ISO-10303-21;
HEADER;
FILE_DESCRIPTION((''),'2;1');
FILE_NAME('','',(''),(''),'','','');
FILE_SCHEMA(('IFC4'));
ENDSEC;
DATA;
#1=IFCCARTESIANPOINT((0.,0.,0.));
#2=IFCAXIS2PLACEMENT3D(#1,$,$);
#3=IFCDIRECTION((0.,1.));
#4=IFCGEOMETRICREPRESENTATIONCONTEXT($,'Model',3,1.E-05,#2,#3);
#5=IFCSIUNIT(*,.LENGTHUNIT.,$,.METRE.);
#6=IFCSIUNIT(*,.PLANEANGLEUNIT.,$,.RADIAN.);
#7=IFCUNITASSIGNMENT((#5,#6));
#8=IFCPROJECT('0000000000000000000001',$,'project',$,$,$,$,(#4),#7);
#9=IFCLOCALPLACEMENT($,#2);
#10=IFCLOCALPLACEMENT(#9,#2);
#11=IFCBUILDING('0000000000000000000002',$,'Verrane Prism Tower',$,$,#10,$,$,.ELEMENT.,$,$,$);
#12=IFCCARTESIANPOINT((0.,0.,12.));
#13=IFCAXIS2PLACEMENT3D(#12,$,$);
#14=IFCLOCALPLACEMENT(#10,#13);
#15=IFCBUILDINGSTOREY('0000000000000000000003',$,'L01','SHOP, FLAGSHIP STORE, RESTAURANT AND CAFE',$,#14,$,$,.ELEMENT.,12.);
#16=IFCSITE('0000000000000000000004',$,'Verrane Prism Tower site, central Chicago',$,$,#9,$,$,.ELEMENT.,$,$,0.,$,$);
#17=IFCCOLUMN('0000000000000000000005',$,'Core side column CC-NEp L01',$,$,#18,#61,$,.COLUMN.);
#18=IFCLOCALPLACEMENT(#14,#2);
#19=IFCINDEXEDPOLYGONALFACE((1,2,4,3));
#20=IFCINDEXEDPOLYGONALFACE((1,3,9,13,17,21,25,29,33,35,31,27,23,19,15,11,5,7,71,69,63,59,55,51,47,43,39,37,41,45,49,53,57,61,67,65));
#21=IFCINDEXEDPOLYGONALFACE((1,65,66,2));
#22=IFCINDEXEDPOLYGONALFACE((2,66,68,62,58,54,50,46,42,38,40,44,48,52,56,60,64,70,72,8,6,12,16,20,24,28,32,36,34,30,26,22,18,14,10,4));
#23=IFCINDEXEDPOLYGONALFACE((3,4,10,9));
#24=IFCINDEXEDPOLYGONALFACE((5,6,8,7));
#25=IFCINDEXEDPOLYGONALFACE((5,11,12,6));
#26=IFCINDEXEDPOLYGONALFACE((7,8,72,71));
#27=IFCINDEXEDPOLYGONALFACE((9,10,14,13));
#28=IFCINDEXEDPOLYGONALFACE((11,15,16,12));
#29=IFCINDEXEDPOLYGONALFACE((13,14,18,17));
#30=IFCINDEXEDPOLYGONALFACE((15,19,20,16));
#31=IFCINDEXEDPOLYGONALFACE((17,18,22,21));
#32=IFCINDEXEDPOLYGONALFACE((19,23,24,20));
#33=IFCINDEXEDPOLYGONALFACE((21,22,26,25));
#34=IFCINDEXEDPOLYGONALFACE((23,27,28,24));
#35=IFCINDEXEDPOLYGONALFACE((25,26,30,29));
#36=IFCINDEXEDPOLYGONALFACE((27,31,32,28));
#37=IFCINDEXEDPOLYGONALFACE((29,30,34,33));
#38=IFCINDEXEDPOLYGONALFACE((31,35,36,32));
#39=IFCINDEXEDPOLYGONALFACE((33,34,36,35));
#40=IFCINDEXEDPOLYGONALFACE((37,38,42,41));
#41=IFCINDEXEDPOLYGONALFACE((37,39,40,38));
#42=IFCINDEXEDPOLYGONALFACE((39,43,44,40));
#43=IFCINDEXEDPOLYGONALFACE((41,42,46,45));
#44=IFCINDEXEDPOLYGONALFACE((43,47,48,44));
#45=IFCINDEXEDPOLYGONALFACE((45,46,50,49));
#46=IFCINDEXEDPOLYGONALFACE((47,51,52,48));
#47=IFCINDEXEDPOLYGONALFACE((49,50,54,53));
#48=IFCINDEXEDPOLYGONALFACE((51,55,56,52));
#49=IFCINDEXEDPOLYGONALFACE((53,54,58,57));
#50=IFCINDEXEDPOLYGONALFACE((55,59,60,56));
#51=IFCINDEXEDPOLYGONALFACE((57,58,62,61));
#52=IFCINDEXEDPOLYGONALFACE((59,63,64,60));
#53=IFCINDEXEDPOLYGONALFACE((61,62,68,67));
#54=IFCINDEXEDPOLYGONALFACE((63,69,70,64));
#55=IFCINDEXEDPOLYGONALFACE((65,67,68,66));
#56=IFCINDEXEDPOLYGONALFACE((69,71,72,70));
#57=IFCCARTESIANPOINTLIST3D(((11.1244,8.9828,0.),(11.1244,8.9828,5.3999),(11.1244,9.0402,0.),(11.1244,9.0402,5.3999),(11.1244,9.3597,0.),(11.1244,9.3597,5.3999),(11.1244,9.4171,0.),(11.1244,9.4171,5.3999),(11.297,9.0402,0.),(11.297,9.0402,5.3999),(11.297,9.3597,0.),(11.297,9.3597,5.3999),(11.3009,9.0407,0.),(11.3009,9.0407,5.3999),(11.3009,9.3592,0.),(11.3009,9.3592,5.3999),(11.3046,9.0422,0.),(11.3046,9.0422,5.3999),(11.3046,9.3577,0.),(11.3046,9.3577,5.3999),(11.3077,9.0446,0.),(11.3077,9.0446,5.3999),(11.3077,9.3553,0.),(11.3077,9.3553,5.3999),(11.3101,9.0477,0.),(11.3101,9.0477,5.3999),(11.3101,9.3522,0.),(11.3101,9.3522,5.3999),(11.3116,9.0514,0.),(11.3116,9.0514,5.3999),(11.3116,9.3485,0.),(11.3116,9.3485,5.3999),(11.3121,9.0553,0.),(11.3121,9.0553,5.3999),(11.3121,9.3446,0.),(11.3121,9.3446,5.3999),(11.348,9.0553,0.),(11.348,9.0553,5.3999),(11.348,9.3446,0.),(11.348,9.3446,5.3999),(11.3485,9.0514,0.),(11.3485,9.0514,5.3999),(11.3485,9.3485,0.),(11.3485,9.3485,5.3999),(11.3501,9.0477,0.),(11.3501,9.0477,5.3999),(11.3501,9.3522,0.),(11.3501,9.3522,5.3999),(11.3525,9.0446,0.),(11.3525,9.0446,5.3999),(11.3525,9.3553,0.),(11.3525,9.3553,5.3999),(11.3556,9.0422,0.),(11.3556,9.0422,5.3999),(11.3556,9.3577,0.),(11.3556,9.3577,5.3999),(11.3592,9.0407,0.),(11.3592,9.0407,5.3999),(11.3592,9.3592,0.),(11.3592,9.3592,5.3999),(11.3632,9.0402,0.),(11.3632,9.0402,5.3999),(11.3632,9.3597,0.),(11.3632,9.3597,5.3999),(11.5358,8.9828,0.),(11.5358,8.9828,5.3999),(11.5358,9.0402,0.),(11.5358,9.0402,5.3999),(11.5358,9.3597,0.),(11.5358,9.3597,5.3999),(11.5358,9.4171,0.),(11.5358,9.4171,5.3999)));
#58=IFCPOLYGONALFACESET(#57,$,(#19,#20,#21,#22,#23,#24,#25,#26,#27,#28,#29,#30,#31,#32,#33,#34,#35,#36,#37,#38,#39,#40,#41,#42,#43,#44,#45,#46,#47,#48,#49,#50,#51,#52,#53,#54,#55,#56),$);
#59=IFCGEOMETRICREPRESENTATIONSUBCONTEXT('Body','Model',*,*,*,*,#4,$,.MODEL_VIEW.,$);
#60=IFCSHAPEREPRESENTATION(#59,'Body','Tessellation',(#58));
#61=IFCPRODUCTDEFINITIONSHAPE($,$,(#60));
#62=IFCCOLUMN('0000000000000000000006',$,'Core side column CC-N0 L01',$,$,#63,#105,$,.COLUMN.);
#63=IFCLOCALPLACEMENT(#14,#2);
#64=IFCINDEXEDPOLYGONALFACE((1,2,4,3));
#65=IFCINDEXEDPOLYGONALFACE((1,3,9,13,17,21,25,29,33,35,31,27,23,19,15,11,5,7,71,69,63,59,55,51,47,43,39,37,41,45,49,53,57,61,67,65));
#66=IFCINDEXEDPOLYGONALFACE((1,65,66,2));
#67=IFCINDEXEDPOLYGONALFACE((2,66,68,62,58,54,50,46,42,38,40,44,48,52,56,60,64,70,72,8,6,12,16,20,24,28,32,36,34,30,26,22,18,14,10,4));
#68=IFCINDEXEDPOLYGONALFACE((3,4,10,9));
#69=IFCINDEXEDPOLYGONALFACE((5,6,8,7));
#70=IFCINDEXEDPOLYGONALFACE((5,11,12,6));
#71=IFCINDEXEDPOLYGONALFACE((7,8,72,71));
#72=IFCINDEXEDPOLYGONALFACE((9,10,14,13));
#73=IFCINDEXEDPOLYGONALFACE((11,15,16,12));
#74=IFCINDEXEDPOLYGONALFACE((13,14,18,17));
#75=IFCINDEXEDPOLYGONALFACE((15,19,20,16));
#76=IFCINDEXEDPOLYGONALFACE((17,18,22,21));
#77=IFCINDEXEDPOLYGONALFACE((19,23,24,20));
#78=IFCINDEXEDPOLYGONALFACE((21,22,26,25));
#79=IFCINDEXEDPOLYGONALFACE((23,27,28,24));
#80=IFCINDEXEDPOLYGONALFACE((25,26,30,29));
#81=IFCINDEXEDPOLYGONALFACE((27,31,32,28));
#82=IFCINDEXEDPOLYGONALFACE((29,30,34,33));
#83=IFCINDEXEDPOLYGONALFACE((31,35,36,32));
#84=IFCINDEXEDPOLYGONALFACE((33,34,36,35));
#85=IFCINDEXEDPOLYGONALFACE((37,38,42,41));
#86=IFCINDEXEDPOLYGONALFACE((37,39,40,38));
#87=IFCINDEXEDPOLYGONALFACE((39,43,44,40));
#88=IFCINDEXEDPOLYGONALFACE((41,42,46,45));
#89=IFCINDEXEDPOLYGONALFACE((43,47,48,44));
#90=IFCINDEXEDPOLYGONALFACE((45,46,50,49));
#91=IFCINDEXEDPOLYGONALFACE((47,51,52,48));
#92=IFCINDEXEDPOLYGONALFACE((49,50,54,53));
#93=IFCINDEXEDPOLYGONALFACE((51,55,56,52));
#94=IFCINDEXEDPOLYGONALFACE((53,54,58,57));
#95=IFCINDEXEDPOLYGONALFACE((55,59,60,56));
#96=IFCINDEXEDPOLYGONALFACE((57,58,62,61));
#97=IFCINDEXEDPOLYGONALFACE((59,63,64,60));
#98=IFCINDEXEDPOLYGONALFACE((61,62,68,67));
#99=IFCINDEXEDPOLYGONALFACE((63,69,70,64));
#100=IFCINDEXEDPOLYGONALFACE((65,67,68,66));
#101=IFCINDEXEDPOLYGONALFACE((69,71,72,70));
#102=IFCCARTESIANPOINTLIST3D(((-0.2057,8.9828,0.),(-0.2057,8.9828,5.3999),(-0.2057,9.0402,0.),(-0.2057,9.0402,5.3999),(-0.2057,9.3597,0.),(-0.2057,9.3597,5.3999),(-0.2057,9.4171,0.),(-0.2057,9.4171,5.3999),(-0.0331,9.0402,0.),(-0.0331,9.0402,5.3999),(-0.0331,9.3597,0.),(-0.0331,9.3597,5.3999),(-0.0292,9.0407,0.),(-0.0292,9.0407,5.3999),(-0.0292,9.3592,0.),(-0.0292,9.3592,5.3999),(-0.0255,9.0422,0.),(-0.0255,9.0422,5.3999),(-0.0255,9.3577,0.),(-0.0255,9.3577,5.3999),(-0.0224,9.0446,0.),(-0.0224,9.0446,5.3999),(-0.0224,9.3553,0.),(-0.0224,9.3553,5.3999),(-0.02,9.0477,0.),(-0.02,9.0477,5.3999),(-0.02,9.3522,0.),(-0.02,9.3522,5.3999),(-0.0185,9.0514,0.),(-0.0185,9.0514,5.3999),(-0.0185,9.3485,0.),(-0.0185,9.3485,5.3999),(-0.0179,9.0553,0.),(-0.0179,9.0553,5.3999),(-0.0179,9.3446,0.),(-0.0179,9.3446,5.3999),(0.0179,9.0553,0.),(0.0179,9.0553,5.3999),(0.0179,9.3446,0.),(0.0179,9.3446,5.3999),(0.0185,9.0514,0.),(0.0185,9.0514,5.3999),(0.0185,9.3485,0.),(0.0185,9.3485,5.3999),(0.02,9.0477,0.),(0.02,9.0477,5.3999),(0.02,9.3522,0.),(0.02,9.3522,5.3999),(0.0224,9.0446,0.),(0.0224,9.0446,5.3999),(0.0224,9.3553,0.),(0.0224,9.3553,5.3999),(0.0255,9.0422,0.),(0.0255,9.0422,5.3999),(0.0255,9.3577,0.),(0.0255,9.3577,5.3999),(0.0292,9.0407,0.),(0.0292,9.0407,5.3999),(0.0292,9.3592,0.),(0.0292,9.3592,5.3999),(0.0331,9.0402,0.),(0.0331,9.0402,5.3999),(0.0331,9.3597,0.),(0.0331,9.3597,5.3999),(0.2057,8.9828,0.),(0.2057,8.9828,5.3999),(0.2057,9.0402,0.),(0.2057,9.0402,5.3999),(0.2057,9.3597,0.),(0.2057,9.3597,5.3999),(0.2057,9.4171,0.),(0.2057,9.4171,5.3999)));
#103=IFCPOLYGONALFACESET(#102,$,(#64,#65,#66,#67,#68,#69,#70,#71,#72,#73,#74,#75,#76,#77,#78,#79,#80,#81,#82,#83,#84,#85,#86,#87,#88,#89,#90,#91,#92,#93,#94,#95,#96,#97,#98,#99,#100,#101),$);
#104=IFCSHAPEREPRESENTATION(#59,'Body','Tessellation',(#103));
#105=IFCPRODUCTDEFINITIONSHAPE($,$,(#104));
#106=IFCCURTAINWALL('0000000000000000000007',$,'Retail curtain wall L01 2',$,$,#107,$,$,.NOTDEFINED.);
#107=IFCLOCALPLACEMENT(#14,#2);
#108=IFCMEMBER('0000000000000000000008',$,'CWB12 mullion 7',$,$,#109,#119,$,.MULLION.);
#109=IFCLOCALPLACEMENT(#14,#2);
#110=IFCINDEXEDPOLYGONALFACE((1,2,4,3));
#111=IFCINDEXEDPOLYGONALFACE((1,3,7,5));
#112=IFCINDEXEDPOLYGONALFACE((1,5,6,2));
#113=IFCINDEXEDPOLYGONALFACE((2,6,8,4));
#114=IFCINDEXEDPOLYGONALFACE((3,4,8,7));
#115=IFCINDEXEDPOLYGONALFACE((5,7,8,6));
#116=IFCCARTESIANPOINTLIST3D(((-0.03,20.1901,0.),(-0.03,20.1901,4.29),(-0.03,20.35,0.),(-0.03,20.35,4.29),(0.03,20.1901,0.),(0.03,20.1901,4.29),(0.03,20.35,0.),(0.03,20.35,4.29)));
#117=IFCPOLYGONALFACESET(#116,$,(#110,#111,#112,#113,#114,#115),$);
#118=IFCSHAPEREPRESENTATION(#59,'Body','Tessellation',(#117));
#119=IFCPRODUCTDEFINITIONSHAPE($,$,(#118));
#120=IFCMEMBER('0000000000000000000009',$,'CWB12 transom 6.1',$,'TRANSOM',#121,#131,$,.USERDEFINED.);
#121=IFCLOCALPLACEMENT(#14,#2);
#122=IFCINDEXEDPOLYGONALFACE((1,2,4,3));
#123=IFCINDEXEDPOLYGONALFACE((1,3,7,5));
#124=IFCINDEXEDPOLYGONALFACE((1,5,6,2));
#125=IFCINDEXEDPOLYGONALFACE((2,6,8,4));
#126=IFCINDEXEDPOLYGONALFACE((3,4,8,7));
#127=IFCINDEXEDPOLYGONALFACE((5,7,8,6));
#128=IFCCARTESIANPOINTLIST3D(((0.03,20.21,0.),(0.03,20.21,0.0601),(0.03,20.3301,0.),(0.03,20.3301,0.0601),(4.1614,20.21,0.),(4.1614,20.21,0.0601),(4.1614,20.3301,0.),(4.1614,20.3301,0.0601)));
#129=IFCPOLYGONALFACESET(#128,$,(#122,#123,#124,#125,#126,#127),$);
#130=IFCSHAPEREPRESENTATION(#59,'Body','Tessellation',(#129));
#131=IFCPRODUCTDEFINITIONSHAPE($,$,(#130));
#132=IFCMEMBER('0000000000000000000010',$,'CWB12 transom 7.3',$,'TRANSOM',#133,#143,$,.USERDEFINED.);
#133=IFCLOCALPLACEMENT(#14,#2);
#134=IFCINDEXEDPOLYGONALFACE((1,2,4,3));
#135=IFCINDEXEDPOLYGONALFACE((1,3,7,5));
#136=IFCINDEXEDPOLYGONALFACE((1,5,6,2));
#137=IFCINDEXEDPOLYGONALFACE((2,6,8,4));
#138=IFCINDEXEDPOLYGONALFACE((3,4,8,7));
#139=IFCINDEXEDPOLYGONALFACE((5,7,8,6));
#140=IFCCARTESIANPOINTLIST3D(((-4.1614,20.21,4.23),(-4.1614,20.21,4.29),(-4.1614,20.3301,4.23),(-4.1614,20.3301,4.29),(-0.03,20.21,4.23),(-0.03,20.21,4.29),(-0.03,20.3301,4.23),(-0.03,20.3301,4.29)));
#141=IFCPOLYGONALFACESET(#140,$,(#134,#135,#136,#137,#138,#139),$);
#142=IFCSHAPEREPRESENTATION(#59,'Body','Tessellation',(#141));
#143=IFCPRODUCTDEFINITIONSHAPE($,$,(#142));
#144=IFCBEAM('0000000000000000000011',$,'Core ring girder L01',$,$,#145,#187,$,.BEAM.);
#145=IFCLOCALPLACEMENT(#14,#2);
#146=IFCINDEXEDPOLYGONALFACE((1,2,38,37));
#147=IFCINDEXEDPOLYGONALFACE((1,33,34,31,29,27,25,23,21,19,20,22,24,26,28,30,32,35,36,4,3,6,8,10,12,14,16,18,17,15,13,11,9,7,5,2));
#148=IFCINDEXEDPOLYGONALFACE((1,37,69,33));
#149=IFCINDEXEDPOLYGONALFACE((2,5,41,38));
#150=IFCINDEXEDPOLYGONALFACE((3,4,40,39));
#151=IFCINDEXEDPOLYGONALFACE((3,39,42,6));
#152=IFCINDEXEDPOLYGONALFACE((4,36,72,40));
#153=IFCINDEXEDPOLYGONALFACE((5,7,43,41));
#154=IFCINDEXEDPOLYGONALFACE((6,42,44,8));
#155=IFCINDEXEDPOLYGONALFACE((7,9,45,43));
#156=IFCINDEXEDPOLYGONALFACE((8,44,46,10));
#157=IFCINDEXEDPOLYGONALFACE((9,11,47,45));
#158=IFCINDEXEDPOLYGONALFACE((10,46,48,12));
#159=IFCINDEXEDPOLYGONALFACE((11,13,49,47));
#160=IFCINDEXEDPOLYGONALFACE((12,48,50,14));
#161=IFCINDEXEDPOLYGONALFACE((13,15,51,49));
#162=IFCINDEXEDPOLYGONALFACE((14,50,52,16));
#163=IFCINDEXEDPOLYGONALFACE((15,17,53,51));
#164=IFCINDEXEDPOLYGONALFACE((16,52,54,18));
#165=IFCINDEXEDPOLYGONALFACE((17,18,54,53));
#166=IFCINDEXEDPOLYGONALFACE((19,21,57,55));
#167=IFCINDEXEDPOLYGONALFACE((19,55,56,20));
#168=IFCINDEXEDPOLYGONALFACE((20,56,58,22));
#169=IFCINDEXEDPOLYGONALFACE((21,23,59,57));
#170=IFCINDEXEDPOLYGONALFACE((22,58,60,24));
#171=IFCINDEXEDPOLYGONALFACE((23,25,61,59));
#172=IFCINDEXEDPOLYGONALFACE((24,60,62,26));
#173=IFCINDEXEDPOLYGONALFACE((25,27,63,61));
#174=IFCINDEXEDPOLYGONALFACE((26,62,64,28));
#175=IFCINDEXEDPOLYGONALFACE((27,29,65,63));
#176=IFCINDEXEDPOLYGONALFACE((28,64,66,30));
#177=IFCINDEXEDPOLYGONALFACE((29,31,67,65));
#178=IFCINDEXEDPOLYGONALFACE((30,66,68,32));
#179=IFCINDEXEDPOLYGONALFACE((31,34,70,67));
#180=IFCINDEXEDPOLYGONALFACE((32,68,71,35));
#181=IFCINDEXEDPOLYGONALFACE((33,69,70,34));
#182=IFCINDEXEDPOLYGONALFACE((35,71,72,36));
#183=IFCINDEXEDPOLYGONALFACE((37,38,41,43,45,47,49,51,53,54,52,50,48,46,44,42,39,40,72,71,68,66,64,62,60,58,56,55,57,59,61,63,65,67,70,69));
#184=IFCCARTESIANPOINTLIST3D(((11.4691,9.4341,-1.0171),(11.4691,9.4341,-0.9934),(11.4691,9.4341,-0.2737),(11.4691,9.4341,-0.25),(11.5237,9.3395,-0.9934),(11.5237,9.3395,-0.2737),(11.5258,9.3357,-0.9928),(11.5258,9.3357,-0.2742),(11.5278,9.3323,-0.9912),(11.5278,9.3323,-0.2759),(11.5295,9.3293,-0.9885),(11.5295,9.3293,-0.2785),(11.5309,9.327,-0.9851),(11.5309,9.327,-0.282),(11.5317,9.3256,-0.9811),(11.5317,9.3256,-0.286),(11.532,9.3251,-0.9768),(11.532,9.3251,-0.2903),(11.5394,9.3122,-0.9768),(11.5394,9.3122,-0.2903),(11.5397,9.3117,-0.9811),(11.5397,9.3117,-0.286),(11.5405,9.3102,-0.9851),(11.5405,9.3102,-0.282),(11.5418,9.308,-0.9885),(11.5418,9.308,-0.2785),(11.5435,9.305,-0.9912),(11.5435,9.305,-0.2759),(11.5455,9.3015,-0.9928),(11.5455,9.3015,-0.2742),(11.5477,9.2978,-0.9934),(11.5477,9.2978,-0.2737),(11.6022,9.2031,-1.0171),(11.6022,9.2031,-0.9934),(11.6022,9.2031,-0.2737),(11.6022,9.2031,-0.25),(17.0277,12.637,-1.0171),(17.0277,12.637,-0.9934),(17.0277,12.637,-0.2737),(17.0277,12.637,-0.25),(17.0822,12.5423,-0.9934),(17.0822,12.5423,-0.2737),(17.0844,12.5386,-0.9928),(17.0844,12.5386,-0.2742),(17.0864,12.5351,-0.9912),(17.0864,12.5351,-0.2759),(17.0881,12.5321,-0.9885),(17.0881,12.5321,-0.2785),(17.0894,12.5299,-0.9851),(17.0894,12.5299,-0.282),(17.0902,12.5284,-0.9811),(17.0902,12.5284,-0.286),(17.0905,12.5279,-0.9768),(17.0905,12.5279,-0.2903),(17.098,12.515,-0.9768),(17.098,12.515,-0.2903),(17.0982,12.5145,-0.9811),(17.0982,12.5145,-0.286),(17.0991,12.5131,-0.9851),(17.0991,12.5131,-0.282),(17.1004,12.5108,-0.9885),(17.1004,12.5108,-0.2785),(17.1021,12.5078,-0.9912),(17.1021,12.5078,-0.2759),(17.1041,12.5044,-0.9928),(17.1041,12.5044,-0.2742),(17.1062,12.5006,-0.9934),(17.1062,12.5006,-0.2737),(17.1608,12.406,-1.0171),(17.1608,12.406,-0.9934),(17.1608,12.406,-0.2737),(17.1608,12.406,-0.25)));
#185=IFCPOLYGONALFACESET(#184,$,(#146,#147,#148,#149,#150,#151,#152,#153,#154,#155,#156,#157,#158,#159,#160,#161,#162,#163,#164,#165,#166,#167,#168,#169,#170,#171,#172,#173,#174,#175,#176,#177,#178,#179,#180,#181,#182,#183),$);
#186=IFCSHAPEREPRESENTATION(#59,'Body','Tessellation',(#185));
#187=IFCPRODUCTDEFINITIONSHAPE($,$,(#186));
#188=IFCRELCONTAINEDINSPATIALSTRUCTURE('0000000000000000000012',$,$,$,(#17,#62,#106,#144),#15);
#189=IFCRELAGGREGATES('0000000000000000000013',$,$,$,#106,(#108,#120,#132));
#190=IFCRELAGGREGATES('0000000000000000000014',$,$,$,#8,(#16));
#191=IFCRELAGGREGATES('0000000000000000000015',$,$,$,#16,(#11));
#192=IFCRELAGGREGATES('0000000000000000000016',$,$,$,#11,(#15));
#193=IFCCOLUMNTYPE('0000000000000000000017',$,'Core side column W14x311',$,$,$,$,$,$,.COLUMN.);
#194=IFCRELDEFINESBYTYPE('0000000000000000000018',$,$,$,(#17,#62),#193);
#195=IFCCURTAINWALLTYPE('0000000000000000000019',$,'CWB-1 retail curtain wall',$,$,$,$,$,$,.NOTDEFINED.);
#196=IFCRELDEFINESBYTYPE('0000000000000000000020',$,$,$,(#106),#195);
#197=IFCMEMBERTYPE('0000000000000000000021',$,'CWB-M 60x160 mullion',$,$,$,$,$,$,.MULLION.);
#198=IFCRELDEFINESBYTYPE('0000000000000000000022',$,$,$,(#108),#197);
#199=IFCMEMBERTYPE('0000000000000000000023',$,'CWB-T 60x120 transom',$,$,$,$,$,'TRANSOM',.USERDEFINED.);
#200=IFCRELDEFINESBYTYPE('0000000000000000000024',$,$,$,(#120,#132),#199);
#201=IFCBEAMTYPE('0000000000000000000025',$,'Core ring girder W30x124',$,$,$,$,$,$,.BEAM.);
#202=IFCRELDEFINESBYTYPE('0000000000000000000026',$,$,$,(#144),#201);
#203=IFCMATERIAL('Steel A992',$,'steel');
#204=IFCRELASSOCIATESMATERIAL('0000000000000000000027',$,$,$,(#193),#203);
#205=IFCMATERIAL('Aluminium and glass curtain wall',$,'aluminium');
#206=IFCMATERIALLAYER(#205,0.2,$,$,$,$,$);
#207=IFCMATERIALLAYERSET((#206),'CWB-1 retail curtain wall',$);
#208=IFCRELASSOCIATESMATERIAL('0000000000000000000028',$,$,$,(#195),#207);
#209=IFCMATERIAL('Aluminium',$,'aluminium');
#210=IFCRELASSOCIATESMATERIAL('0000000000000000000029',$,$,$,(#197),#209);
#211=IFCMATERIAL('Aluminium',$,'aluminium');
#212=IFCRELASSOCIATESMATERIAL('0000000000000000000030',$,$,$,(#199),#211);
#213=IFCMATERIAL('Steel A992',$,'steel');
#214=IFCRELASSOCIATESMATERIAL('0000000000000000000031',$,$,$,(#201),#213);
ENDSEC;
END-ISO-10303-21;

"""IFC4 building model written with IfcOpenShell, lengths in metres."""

from ifc_helpers import new_model, si_unit, direction, frame, origin, origin_2d, place, context, subcontext, project, spatial, rectangle, i_section, extrude, material, layer, layer_set, material_profile, profile_set, type_object, element, aggregate, save


model = new_model("IFC4")

# Units and contexts
model_context = context("Model", 3, precision=1e-05, world=origin(), true_north=direction((0.0, 1.0)))
body_context = subcontext(model_context, "Body", "Model", "MODEL_VIEW")
ifc_project = project(units=[si_unit("LENGTHUNIT", "METRE"), si_unit("PLANEANGLEUNIT", "RADIAN")], contexts=[model_context])

# Site, building, storey
site_placement = place(None, origin())
site = spatial("IfcSite", under=ifc_project, at=site_placement, Name="Verrane Prism Tower site, central Chicago", CompositionType="ELEMENT", RefElevation=0.0)
building_placement = place(site_placement, origin())
building = spatial("IfcBuilding", under=site, at=building_placement, Name="Verrane Prism Tower", CompositionType="ELEMENT")
storey_placement = place(building_placement, frame((0.0, 0.0, 12.0)))
storey = spatial("IfcBuildingStorey", under=building, at=storey_placement, Name="L01", Description="SHOP, FLAGSHIP STORE, RESTAURANT AND CAFE", CompositionType="ELEMENT", Elevation=12.0)

# Columns
ifc_material_1 = material(Name="Steel A992", Category="steel")
ifc_material_profile_1 = material_profile(ifc_material_1, i_section(OverallWidth=0.4114, OverallDepth=0.4343, WebThickness=0.0359, FlangeThickness=0.0574, FilletRadius=0.0151, at=origin_2d()), Name="W14x311")
ifc_profile_set_1 = profile_set([ifc_material_profile_1], Name="Steel A992")
column_type = type_object("IfcColumnType", Name="Core side column W14x311", PredefinedType="COLUMN", material=ifc_profile_set_1)
for number, where, z_axis, x_axis, name in (
    (1, (11.3301, 9.2, 0.0), (0.0, 0.0, 1.0), (1.0, 0.0, 0.0), "Core side column CC-NEp L01"),
    (2, (0.0, 9.2, 0.0), (0.0, 0.0, 1.0), (1.0, 0.0, 0.0), "Core side column CC-N0 L01"),
):
    element("IfcColumn", number, at=place(storey_placement, frame(where, z_axis=z_axis, x_axis=x_axis)), inside=storey, type_object=column_type, Name=name, PredefinedType="COLUMN", context=body_context, shape_type="SweptSolid", body=[
        extrude(i_section(OverallWidth=0.4114, OverallDepth=0.4343, WebThickness=0.0359, FlangeThickness=0.0574, FilletRadius=0.0151, at=origin_2d()), origin(), (0.0, 0.0, 1.0), 5.3999),
    ])

# Curtain wall, members
ifc_material_2 = material(Name="Aluminium and glass curtain wall", Category="aluminium")
ifc_layer_1 = layer(ifc_material_2, 0.2)
ifc_layer_set_1 = layer_set([ifc_layer_1], Name="CWB-1 retail curtain wall")
curtain_wall_type = type_object("IfcCurtainWallType", Name="CWB-1 retail curtain wall", PredefinedType="NOTDEFINED", material=ifc_layer_set_1)
curtain_wall_placement = place(storey_placement, origin())
curtain_wall = element("IfcCurtainWall", 3, at=curtain_wall_placement, inside=storey, type_object=curtain_wall_type, Name="Retail curtain wall L01 2", PredefinedType="NOTDEFINED")
ifc_material_3 = material(Name="Aluminium", Category="aluminium")
ifc_material_profile_2 = material_profile(ifc_material_3, rectangle(XDim=0.1599, YDim=0.0601, at=origin_2d()), Name="CWB-M 60x160 mullion")
ifc_profile_set_2 = profile_set([ifc_material_profile_2], Name="Aluminium")
member_type_1 = type_object("IfcMemberType", Name="CWB-M 60x160 mullion", PredefinedType="MULLION", material=ifc_profile_set_2)
member_1_placement = place(storey_placement, frame((0.0, 20.27, 0.0), z_axis=(0.0, 0.0, 1.0), x_axis=(0.0, -1.0, 0.0)))
member_1 = element("IfcMember", 4, at=member_1_placement, type_object=member_type_1, Name="CWB12 mullion 7", PredefinedType="MULLION", context=body_context, shape_type="SweptSolid", body=[
    extrude(rectangle(XDim=0.1599, YDim=0.0601, at=origin_2d()), origin(), (0.0, 0.0, 1.0), 4.29),
])
ifc_material_4 = material(Name="Aluminium", Category="aluminium")
ifc_material_profile_3 = material_profile(ifc_material_4, rectangle(XDim=0.1201, YDim=0.0601, at=origin_2d()), Name="CWB-T 60x120 transom")
ifc_profile_set_3 = profile_set([ifc_material_profile_3], Name="Aluminium")
member_type_2 = type_object("IfcMemberType", Name="CWB-T 60x120 transom", ElementType="TRANSOM", PredefinedType="USERDEFINED", material=ifc_profile_set_3)
member_2_placement = place(storey_placement, frame((4.1614, 20.27, 0.03), z_axis=(-1.0, 0.0, 0.0), x_axis=(0.0, -1.0, 0.0)))
member_2 = element("IfcMember", 5, at=member_2_placement, type_object=member_type_2, Name="CWB12 transom 6.1", ObjectType="TRANSOM", PredefinedType="USERDEFINED", context=body_context, shape_type="SweptSolid", body=[
    extrude(rectangle(XDim=0.1201, YDim=0.0601, at=origin_2d()), origin(), (0.0, 0.0, 1.0), 4.1313),
])
member_3_placement = place(storey_placement, frame((-0.03, 20.27, 4.26), z_axis=(-1.0, 0.0, 0.0), x_axis=(0.0, -1.0, 0.0)))
member_3 = element("IfcMember", 6, at=member_3_placement, type_object=member_type_2, Name="CWB12 transom 7.3", ObjectType="TRANSOM", PredefinedType="USERDEFINED", context=body_context, shape_type="SweptSolid", body=[
    extrude(rectangle(XDim=0.1201, YDim=0.0601, at=origin_2d()), origin(), (0.0, 0.0, 1.0), 4.1313),
])

# Beam
ifc_material_5 = material(Name="Steel A992", Category="steel")
ifc_material_profile_4 = material_profile(ifc_material_5, i_section(OverallWidth=0.2666, OverallDepth=0.7671, WebThickness=0.0149, FlangeThickness=0.0237, FilletRadius=0.0166, at=origin_2d()), Name="W30x124")
ifc_profile_set_4 = profile_set([ifc_material_profile_4], Name="Steel A992")
beam_type_1 = type_object("IfcBeamType", Name="Core ring girder W30x124", PredefinedType="BEAM", material=ifc_profile_set_4)
beam_1_placement = place(storey_placement, frame((17.0942, 12.5215, -0.6335), z_axis=(-0.866455, -0.499255, 0.0), x_axis=(0.499255, -0.866455, 0.0)))
element("IfcBeam", 7, at=beam_1_placement, inside=storey, type_object=beam_type_1, Name="Core ring girder L01", PredefinedType="BEAM", context=body_context, shape_type="SweptSolid", body=[
    extrude(i_section(OverallWidth=0.2666, OverallDepth=0.7671, WebThickness=0.0149, FlangeThickness=0.0237, FilletRadius=0.0166, at=origin_2d()), origin(), (0.0, 0.0, 1.0), 6.4153),
])

aggregate(curtain_wall, [member_1, member_2, member_3])

save(model, "model.ifc")
